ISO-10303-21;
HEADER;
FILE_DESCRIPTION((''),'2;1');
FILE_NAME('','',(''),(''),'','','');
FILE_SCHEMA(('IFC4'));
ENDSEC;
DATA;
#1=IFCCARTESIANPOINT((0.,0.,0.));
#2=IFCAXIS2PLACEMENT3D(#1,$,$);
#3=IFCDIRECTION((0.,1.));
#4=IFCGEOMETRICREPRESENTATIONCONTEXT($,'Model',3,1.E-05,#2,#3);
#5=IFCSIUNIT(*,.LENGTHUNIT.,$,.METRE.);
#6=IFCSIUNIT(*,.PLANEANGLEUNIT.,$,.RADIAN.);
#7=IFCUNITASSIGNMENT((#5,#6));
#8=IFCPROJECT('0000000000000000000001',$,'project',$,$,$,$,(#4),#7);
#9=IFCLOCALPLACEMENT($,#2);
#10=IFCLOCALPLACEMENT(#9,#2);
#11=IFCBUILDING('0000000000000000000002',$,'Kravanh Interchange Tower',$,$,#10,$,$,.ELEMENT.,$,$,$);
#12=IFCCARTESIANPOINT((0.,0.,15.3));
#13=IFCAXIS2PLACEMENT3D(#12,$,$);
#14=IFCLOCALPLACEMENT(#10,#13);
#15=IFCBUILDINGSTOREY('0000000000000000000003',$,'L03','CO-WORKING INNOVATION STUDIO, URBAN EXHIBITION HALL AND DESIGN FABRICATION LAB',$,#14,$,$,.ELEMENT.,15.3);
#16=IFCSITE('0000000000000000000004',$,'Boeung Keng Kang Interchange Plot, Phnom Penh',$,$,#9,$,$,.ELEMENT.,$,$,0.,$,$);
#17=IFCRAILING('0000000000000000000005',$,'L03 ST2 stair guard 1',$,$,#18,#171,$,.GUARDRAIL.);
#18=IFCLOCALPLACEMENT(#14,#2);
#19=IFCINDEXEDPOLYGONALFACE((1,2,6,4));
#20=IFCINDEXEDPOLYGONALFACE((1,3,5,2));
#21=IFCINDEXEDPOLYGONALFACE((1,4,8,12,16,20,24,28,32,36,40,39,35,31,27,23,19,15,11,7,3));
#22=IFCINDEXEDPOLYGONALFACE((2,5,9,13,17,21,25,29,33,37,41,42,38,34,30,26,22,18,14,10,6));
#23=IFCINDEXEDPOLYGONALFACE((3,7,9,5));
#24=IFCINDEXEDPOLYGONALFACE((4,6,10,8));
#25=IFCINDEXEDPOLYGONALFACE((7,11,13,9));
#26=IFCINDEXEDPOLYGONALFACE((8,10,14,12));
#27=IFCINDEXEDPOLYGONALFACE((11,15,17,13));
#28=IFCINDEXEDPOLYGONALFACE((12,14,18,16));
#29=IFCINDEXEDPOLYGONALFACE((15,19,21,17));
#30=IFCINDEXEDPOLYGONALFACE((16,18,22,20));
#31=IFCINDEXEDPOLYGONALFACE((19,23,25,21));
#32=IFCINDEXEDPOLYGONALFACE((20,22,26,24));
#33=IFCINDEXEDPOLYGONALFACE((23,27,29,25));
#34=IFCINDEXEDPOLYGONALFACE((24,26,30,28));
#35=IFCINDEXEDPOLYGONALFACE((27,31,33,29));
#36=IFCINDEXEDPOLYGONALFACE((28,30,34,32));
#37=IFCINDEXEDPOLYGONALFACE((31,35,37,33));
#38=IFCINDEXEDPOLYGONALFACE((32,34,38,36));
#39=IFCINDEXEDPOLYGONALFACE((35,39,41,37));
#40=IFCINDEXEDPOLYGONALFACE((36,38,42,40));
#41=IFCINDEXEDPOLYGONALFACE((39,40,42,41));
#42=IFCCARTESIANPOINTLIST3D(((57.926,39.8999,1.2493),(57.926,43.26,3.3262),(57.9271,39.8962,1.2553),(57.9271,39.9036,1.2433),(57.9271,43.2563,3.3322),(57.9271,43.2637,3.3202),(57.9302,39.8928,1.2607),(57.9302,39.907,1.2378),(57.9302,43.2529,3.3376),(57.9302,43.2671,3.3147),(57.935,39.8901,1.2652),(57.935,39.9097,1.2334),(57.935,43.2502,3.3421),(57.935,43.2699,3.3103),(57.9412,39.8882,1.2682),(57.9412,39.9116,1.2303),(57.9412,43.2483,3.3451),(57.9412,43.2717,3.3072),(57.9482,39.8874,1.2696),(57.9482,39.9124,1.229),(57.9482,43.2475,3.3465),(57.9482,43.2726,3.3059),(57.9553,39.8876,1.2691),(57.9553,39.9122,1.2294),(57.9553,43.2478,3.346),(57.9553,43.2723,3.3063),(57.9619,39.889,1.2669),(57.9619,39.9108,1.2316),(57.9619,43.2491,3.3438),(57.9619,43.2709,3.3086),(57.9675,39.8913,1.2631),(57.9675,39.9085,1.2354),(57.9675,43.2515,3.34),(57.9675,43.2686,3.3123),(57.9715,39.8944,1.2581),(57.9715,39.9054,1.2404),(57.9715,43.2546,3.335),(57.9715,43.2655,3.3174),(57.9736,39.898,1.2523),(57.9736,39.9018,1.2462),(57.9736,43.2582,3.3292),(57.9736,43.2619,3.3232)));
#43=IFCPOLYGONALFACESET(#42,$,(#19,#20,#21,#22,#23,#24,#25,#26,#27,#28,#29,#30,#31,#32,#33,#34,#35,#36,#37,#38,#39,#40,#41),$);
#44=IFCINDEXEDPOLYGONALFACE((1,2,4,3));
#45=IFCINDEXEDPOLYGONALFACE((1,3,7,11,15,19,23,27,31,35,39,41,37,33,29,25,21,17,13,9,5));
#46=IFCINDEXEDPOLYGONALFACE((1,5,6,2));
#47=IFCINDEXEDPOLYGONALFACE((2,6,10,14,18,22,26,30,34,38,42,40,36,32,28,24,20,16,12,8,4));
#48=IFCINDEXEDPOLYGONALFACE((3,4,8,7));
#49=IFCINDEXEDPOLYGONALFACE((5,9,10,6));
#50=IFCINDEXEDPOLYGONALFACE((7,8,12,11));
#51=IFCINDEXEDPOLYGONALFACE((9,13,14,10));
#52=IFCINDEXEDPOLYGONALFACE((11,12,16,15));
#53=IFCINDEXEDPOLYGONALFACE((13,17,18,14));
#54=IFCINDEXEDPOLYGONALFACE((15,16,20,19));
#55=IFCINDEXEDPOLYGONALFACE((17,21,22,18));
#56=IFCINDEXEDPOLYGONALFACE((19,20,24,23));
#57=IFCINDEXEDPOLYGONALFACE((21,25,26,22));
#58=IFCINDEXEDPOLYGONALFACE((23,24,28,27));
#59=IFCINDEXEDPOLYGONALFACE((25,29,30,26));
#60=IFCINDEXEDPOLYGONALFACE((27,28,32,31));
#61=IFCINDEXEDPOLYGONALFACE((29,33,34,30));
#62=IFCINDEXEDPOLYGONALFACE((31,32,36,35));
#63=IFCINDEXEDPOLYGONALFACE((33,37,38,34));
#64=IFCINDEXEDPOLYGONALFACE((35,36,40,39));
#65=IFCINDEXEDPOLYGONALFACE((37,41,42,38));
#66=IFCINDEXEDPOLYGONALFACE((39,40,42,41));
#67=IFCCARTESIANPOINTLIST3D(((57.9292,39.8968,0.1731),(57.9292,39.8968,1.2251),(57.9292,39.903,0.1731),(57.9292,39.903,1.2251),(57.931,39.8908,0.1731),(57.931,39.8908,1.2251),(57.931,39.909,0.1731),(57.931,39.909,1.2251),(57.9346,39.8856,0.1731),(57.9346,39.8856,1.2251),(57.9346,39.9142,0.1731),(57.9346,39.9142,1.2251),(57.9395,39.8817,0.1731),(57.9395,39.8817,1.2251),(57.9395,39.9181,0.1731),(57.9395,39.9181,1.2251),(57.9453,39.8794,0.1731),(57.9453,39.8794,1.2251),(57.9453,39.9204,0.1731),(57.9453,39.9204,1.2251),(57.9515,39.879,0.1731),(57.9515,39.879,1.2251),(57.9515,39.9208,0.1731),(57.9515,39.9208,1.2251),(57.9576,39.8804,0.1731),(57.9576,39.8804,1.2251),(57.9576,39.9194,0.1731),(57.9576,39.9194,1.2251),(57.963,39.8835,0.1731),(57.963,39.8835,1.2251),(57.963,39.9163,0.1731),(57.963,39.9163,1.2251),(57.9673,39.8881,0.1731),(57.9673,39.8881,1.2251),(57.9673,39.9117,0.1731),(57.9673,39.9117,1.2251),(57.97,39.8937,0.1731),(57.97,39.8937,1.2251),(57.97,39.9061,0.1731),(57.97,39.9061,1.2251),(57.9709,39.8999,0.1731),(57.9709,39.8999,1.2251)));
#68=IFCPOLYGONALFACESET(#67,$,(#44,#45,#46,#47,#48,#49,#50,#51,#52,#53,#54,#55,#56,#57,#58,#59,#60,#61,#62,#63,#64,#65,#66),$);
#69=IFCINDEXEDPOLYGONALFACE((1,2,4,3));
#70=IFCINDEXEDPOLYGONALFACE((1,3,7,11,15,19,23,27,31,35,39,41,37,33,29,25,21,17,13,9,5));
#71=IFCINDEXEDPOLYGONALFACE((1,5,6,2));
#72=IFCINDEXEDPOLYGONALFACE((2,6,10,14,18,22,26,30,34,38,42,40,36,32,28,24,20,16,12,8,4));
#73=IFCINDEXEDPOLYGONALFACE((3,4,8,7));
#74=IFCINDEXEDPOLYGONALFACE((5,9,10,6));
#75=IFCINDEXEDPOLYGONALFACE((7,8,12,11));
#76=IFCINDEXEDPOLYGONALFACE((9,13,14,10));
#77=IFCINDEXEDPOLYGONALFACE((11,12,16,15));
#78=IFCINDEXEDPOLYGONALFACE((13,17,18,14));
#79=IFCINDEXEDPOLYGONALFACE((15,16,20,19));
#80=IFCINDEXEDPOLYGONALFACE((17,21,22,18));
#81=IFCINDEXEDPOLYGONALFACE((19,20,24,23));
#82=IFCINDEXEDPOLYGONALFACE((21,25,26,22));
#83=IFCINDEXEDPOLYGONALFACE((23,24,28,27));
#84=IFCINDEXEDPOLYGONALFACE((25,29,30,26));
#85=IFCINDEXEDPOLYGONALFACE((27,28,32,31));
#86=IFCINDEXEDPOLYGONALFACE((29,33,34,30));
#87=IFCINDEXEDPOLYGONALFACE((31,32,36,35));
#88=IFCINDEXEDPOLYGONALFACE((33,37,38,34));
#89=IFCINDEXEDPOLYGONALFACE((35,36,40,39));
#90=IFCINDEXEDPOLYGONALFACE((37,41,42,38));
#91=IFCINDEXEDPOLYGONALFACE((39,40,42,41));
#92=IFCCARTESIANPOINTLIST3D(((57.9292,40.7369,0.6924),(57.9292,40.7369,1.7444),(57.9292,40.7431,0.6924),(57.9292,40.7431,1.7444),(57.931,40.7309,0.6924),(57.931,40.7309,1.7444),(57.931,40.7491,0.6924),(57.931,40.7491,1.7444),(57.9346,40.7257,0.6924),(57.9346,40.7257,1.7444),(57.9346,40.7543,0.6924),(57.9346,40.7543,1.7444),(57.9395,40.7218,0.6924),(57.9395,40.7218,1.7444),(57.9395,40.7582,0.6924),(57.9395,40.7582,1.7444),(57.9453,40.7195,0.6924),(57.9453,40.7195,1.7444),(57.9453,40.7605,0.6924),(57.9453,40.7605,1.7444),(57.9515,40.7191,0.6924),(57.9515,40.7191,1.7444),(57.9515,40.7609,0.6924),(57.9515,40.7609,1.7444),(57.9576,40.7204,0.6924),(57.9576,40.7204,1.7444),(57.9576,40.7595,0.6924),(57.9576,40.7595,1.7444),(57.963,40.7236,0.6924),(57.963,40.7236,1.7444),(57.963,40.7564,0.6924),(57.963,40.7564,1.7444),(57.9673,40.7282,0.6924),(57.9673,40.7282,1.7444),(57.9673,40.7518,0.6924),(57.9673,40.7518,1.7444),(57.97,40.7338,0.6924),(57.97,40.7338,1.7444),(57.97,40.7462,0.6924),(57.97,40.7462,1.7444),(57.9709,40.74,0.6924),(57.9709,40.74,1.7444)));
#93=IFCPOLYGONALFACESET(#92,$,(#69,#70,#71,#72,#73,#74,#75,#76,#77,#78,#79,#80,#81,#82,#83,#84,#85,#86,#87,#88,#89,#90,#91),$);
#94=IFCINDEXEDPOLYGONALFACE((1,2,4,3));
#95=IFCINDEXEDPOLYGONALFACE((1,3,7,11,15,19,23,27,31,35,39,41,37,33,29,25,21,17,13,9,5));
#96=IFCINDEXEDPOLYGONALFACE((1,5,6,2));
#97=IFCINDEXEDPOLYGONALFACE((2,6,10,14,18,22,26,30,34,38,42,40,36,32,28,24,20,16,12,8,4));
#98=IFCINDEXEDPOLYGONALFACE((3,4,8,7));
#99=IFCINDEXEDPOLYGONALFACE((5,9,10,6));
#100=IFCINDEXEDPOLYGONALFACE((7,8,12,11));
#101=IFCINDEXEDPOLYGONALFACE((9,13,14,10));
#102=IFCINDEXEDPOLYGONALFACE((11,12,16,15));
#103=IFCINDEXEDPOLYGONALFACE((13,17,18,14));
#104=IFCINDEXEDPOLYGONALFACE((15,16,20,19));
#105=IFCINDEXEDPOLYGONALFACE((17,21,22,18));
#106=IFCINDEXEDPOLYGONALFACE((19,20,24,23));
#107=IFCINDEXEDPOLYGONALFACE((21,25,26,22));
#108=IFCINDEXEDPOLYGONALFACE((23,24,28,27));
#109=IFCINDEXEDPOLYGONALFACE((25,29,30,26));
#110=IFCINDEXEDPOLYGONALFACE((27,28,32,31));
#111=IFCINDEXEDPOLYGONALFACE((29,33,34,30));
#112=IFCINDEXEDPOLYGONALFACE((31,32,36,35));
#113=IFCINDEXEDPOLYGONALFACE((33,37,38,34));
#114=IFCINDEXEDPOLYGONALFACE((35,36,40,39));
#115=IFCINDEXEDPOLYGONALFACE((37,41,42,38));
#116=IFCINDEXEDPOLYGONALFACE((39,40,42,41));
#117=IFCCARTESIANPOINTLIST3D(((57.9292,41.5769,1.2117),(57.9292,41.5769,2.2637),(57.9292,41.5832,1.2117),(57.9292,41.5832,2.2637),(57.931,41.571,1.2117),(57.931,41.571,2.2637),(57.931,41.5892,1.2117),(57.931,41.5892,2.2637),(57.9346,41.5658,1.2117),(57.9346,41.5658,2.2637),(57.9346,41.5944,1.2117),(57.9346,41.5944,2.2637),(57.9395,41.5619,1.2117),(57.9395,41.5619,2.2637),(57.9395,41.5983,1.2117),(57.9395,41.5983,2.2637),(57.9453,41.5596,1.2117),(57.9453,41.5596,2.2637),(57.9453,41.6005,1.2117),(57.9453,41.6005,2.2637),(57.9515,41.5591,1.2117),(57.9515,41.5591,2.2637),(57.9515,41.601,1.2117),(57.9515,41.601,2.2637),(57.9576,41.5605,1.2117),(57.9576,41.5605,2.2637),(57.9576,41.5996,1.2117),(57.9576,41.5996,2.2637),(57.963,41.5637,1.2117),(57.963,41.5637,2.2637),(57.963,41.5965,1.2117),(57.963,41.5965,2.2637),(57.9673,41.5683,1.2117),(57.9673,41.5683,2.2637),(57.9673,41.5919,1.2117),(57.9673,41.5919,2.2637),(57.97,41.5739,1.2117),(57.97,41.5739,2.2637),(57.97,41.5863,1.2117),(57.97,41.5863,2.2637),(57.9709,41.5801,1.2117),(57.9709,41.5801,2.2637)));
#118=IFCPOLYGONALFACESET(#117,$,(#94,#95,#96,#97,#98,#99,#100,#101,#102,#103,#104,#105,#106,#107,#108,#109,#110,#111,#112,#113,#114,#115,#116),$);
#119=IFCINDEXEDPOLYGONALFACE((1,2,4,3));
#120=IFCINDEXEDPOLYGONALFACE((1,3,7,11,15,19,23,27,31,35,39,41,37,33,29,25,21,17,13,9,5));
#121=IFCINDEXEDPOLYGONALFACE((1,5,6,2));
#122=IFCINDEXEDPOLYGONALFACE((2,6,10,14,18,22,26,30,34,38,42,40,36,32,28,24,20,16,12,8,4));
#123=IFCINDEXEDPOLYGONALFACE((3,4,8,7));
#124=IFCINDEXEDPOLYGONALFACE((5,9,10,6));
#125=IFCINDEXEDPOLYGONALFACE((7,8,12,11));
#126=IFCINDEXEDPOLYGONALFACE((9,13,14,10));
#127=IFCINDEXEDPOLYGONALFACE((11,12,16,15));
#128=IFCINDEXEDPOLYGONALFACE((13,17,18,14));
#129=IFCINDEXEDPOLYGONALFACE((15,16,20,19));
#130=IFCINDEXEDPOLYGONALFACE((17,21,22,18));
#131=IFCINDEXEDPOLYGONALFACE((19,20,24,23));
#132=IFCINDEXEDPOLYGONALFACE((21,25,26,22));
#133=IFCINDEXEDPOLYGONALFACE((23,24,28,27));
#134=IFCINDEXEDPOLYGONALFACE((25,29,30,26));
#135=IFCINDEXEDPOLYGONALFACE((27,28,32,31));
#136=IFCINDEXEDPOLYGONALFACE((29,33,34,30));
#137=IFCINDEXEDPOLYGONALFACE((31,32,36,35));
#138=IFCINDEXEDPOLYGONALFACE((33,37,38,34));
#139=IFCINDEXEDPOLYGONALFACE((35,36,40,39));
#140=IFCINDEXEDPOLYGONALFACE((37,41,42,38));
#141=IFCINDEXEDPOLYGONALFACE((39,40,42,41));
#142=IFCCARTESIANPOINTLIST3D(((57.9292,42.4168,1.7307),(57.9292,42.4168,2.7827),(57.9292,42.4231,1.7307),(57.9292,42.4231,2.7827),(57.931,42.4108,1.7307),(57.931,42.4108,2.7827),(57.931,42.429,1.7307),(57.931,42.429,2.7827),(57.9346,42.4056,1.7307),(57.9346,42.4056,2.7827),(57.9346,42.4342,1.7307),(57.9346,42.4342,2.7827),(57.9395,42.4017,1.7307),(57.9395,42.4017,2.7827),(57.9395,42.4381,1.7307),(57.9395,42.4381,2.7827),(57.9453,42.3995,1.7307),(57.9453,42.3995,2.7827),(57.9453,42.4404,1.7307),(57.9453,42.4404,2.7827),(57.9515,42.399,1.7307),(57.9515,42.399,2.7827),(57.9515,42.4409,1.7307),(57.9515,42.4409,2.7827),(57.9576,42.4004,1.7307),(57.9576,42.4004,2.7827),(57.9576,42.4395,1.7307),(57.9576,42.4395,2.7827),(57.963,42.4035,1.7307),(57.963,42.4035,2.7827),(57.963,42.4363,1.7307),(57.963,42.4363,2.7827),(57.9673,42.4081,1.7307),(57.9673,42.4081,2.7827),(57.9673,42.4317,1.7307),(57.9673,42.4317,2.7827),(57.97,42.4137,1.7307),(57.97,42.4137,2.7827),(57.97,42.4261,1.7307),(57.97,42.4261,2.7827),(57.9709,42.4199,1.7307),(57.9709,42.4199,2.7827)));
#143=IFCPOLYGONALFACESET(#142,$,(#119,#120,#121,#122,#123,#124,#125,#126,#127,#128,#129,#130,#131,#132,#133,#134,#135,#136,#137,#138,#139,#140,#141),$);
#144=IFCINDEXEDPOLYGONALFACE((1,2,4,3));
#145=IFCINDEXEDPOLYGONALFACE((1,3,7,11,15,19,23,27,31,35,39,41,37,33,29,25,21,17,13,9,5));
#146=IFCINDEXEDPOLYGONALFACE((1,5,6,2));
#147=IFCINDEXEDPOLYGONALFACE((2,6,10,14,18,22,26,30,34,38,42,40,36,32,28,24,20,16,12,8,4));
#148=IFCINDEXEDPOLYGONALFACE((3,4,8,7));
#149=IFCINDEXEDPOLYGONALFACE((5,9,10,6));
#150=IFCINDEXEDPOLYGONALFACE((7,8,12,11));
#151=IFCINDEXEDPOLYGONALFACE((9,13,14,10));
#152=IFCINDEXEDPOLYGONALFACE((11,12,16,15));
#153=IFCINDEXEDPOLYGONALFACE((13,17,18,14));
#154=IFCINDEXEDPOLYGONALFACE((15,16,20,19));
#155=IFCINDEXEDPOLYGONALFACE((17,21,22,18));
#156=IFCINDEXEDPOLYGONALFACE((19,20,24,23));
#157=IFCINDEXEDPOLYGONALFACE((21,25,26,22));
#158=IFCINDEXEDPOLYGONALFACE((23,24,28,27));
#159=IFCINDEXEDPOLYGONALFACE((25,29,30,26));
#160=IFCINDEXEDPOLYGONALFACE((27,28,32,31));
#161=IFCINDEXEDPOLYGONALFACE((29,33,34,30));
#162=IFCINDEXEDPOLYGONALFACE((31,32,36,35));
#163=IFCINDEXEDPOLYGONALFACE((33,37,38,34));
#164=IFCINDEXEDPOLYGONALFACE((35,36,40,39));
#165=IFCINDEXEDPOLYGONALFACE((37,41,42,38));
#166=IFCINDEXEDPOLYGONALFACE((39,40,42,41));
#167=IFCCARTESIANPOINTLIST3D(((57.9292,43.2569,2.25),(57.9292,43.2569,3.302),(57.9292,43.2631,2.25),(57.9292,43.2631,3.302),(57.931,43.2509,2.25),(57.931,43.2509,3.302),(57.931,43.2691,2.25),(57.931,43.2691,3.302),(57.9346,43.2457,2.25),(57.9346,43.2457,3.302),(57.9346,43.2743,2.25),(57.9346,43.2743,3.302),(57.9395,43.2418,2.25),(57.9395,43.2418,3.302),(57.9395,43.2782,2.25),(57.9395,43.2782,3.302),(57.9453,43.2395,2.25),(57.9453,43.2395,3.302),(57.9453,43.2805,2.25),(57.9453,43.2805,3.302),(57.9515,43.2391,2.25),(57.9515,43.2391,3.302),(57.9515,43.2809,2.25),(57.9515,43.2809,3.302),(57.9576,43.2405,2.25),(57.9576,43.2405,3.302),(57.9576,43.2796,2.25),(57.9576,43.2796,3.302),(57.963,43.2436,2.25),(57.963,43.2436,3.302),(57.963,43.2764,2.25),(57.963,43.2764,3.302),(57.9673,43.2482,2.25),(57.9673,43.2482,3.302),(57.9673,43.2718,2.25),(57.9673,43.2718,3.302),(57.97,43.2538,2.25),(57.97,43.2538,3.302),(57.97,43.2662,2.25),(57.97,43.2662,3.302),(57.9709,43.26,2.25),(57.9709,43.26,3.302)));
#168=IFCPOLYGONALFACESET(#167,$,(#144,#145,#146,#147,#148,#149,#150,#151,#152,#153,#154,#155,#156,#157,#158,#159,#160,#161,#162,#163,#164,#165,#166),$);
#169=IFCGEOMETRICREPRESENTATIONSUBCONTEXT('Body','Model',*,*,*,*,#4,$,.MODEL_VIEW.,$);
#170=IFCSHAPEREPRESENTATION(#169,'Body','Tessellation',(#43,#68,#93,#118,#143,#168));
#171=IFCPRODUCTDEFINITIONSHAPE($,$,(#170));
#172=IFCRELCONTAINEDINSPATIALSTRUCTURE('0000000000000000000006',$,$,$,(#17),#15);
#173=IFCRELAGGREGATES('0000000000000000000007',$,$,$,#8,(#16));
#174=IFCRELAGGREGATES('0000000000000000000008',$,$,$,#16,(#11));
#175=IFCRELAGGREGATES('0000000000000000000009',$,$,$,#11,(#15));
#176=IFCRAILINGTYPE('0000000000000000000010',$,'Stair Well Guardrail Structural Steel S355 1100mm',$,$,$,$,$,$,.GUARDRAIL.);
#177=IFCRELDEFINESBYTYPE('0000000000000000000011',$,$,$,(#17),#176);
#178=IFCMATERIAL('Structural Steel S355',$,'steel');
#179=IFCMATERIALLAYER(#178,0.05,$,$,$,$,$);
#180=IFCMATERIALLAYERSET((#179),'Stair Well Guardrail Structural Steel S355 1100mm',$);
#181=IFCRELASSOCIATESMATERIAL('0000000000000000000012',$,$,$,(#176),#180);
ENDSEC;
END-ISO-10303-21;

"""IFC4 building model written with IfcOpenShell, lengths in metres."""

from ifc_helpers import new_model, si_unit, direction, frame, origin, origin_2d, place, context, subcontext, project, spatial, circle, extrude, material, layer, layer_set, type_object, element, save


model = new_model("IFC4")

# Units and contexts
model_context = context("Model", 3, precision=1e-05, world=origin(), true_north=direction((0.0, 1.0)))
body_context = subcontext(model_context, "Body", "Model", "MODEL_VIEW")
ifc_project = project(units=[si_unit("LENGTHUNIT", "METRE"), si_unit("PLANEANGLEUNIT", "RADIAN")], contexts=[model_context])

# Site, building, storey
site_placement = place(None, origin())
site = spatial("IfcSite", under=ifc_project, at=site_placement, Name="Boeung Keng Kang Interchange Plot, Phnom Penh", CompositionType="ELEMENT", RefElevation=0.0)
building_placement = place(site_placement, origin())
building = spatial("IfcBuilding", under=site, at=building_placement, Name="Kravanh Interchange Tower", CompositionType="ELEMENT")
storey_placement = place(building_placement, frame((0.0, 0.0, 15.3)))
storey = spatial("IfcBuildingStorey", under=building, at=storey_placement, Name="L03", Description="CO-WORKING INNOVATION STUDIO, URBAN EXHIBITION HALL AND DESIGN FABRICATION LAB", CompositionType="ELEMENT", Elevation=15.3)

# Railing
ifc_material_1 = material(Name="Structural Steel S355", Category="steel")
ifc_layer_1 = layer(ifc_material_1, 0.05)
ifc_layer_set_1 = layer_set([ifc_layer_1], Name="Stair Well Guardrail Structural Steel S355 1100mm")
railing_type_1 = type_object("IfcRailingType", Name="Stair Well Guardrail Structural Steel S355 1100mm", PredefinedType="GUARDRAIL", material=ifc_layer_set_1)
railing_1_placement = place(storey_placement, frame((57.95, 39.8999, 0.1731)))
element("IfcRailing", 1, at=railing_1_placement, inside=storey, type_object=railing_type_1, Name="L03 ST2 stair guard 1", PredefinedType="GUARDRAIL", context=body_context, shape_type="SweptSolid", body=[
    extrude(circle(Radius=0.0239, at=origin_2d()), frame((0.0, 0.0, 1.0762), z_axis=(0.0, 0.850623, 0.525776), x_axis=(-1.0, 0.0, 0.0)), (0.0, 0.0, 1.0), 3.9502),
    extrude(circle(Radius=0.021, at=origin_2d()), origin(), (0.0, 0.0, 1.0), 1.052),
    extrude(circle(Radius=0.021, at=origin_2d()), frame((0.0, 0.8401, 0.5193)), (0.0, 0.0, 1.0), 1.052),
    extrude(circle(Radius=0.021, at=origin_2d()), frame((0.0, 1.6802, 1.0386)), (0.0, 0.0, 1.0), 1.052),
    extrude(circle(Radius=0.021, at=origin_2d()), frame((0.0, 2.52, 1.5576)), (0.0, 0.0, 1.0), 1.052),
    extrude(circle(Radius=0.021, at=origin_2d()), frame((0.0, 3.3601, 2.0769)), (0.0, 0.0, 1.0), 1.052),
])

save(model, "model.ifc")
